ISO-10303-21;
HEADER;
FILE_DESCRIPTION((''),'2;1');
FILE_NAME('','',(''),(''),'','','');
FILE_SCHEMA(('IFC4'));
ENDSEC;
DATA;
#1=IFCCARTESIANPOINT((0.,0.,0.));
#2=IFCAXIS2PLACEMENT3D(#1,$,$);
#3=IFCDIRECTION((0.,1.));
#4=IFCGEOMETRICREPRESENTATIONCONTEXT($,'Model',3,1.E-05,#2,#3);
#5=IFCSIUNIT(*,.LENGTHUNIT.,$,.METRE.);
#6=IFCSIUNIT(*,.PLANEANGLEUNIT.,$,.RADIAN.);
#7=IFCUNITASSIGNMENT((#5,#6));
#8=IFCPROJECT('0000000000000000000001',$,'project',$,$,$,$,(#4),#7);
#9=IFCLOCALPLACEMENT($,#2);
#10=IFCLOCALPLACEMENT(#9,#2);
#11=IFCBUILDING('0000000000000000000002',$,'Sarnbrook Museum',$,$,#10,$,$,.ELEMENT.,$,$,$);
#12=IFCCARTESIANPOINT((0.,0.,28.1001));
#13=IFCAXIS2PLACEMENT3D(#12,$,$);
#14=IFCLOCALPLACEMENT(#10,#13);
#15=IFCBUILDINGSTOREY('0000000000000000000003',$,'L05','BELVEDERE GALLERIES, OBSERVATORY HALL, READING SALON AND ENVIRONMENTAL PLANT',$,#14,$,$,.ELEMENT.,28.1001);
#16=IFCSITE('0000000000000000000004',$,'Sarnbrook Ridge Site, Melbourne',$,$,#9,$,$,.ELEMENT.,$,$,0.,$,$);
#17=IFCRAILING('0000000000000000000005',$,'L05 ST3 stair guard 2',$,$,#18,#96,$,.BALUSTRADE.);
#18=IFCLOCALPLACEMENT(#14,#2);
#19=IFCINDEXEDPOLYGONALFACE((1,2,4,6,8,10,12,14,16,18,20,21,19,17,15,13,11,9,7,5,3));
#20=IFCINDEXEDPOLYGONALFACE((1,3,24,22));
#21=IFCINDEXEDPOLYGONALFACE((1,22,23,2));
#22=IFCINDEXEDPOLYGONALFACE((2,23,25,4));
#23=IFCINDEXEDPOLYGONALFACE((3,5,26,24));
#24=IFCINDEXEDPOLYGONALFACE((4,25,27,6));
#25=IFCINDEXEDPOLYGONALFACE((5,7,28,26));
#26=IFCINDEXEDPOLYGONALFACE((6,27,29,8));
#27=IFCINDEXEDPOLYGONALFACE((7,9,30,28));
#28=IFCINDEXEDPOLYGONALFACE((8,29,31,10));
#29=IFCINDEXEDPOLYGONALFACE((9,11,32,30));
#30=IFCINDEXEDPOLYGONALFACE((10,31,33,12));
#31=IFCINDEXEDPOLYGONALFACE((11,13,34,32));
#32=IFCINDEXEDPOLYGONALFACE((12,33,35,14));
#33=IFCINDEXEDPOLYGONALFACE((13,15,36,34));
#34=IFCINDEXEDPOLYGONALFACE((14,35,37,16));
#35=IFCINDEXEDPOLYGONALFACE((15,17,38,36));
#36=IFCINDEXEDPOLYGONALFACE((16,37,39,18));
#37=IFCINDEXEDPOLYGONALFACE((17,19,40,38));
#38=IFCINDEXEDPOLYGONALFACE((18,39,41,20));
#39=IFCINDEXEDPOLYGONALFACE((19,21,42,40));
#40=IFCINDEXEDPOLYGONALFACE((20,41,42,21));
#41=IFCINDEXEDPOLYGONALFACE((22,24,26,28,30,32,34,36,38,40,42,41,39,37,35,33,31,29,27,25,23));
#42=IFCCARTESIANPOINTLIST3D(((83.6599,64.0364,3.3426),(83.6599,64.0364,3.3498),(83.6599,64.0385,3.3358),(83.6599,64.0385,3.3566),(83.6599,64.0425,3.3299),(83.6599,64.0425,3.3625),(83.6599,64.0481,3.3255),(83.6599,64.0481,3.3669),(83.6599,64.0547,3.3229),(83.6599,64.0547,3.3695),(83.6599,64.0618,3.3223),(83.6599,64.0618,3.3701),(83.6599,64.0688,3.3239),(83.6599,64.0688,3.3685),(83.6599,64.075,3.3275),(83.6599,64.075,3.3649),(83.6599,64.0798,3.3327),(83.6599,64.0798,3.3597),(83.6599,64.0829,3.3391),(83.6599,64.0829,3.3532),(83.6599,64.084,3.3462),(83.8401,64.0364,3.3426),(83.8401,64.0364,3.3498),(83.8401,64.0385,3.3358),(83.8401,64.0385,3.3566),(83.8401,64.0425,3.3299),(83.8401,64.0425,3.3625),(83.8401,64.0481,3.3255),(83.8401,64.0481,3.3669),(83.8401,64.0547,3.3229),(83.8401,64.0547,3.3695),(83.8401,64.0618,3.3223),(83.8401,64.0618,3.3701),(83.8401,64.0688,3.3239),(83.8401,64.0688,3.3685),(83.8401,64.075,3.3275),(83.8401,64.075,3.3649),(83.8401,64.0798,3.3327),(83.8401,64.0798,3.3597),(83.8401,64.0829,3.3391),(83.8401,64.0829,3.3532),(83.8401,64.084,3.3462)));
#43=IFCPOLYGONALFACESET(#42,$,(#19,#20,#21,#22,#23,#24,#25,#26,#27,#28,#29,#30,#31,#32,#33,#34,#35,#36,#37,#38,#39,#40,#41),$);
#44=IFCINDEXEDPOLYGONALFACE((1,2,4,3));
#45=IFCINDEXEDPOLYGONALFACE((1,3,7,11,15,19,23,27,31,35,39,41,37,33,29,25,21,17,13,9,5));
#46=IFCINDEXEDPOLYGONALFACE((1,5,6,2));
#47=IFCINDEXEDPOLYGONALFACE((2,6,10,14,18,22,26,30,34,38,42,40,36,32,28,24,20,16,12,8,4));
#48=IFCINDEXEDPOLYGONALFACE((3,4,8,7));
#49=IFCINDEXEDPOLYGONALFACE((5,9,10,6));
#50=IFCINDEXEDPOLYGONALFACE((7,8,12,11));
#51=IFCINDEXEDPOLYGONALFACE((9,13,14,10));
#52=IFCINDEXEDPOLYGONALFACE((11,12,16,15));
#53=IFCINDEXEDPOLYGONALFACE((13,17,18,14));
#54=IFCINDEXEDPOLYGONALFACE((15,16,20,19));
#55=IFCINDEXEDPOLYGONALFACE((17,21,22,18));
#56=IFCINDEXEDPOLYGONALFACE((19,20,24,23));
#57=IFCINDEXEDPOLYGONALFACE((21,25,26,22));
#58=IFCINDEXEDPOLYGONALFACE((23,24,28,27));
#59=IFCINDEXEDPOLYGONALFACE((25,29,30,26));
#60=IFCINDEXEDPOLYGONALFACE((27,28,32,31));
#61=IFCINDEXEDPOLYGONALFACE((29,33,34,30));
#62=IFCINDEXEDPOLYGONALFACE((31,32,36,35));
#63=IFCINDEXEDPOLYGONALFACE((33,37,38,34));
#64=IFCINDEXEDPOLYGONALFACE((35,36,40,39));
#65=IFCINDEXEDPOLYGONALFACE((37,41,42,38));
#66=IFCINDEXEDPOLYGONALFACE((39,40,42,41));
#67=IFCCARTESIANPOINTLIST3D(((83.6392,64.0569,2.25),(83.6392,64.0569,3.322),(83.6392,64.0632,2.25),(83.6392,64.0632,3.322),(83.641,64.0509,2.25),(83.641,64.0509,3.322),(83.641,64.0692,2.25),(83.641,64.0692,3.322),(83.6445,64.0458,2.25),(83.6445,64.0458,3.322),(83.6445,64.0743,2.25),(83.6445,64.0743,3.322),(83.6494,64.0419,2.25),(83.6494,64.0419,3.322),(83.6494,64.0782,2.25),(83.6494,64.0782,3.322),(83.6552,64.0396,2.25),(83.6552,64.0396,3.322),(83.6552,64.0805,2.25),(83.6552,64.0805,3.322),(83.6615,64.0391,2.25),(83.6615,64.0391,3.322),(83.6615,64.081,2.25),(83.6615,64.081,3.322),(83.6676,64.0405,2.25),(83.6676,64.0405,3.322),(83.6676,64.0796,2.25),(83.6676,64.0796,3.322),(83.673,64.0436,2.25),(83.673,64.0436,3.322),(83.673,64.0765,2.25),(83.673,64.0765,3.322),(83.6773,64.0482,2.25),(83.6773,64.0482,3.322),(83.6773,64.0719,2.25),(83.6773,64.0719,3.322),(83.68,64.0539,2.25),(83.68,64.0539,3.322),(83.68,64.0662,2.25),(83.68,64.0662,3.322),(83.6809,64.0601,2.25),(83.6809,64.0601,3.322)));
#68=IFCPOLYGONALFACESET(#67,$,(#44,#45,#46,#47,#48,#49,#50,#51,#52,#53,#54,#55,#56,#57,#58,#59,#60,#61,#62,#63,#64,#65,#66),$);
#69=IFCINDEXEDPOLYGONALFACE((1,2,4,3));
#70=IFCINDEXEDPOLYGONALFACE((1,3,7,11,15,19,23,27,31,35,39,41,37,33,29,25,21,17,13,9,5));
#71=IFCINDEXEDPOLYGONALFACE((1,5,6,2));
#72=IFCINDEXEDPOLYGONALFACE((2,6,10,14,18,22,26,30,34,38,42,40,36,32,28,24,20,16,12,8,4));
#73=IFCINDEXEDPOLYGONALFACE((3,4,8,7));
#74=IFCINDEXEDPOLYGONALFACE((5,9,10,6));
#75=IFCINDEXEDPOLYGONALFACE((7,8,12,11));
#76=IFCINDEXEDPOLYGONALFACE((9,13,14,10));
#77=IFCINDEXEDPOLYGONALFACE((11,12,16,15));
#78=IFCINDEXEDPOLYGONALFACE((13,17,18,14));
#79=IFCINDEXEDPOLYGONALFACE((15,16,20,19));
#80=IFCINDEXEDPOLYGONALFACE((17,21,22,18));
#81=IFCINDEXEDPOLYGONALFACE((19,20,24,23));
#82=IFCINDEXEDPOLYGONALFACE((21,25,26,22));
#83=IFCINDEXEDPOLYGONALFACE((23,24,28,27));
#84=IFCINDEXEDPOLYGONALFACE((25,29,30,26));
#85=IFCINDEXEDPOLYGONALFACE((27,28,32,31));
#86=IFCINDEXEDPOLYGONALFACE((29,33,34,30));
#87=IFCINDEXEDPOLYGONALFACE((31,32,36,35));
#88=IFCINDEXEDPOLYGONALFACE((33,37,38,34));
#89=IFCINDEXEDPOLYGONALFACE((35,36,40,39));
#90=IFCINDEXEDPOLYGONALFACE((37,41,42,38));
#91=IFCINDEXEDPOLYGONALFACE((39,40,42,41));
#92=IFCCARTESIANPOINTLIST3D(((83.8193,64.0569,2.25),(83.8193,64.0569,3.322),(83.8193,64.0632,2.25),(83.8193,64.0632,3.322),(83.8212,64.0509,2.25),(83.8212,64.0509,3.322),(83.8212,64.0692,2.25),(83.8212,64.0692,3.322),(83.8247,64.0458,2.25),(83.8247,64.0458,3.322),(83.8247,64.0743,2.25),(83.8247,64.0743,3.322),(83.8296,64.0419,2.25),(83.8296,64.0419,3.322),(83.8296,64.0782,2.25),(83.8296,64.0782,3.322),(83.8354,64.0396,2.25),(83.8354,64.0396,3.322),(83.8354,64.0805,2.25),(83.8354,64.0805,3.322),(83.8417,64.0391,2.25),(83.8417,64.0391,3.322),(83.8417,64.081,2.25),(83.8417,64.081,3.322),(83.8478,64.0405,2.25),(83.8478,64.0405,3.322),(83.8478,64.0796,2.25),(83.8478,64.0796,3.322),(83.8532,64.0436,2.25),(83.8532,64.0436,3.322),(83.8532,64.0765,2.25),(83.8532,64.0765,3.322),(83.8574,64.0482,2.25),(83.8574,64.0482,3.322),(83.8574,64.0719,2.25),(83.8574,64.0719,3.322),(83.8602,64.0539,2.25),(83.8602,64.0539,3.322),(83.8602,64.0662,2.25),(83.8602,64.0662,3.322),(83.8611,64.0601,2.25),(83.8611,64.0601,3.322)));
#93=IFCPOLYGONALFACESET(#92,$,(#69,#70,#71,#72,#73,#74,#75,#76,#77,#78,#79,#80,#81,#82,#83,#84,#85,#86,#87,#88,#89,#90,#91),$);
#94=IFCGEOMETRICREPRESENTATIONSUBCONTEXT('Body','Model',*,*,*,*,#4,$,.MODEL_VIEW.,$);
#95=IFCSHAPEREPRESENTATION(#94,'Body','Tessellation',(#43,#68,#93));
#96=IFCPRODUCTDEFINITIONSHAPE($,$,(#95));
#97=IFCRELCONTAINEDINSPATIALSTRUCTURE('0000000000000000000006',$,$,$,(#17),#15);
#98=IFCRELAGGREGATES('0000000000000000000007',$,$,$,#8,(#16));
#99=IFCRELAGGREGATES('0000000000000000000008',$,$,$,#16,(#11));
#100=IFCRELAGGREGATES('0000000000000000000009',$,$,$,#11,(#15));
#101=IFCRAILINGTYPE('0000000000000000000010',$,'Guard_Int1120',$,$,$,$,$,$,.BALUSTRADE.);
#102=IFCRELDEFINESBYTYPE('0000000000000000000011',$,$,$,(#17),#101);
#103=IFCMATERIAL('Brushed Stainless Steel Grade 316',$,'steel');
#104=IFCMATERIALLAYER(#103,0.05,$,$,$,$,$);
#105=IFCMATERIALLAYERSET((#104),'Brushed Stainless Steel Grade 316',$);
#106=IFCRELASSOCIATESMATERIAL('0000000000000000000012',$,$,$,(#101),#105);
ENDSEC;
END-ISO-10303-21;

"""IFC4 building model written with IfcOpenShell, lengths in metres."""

from ifc_helpers import new_model, si_unit, direction, frame, origin, origin_2d, place, context, subcontext, project, spatial, circle, extrude, material, layer, layer_set, type_object, element, save


model = new_model("IFC4")

# Units and contexts
model_context = context("Model", 3, precision=1e-05, world=origin(), true_north=direction((0.0, 1.0)))
body_context = subcontext(model_context, "Body", "Model", "MODEL_VIEW")
ifc_project = project(units=[si_unit("LENGTHUNIT", "METRE"), si_unit("PLANEANGLEUNIT", "RADIAN")], contexts=[model_context])

# Site, building, storey
site_placement = place(None, origin())
site = spatial("IfcSite", under=ifc_project, at=site_placement, Name="Sarnbrook Ridge Site, Melbourne", CompositionType="ELEMENT", RefElevation=0.0)
building_placement = place(site_placement, origin())
building = spatial("IfcBuilding", under=site, at=building_placement, Name="Sarnbrook Museum", CompositionType="ELEMENT")
storey_placement = place(building_placement, frame((0.0, 0.0, 28.1001)))
storey = spatial("IfcBuildingStorey", under=building, at=storey_placement, Name="L05", Description="BELVEDERE GALLERIES, OBSERVATORY HALL, READING SALON AND ENVIRONMENTAL PLANT", CompositionType="ELEMENT", Elevation=28.1001)

# Shared definitions
ifc_material_1 = material(Name="Brushed Stainless Steel Grade 316", Category="steel")

# Railing
ifc_layer_1 = layer(ifc_material_1, 0.05)
ifc_layer_set_1 = layer_set([ifc_layer_1], Name="Brushed Stainless Steel Grade 316")
railing_type_1 = type_object("IfcRailingType", Name="Guard_Int1120", PredefinedType="BALUSTRADE", material=ifc_layer_set_1)
railing_1_placement = place(storey_placement, frame((83.6599, 64.0601, 2.25)))
element("IfcRailing", 1, at=railing_1_placement, inside=storey, type_object=railing_type_1, Name="L05 ST3 stair guard 2", PredefinedType="BALUSTRADE", context=body_context, shape_type="SweptSolid", body=[
    extrude(circle(Radius=0.0239, at=origin_2d()), frame((0.0, 0.0, 1.0962), z_axis=(1.0, 0.0, 0.0), x_axis=(0.0, 1.0, 0.0)), (0.0, 0.0, 1.0), 0.1802),
    extrude(circle(Radius=0.021, at=origin_2d()), origin(), (0.0, 0.0, 1.0), 1.072),
    extrude(circle(Radius=0.021, at=origin_2d()), frame((0.1802, 0.0, 0.0)), (0.0, 0.0, 1.0), 1.072),
])

save(model, "model.ifc")
